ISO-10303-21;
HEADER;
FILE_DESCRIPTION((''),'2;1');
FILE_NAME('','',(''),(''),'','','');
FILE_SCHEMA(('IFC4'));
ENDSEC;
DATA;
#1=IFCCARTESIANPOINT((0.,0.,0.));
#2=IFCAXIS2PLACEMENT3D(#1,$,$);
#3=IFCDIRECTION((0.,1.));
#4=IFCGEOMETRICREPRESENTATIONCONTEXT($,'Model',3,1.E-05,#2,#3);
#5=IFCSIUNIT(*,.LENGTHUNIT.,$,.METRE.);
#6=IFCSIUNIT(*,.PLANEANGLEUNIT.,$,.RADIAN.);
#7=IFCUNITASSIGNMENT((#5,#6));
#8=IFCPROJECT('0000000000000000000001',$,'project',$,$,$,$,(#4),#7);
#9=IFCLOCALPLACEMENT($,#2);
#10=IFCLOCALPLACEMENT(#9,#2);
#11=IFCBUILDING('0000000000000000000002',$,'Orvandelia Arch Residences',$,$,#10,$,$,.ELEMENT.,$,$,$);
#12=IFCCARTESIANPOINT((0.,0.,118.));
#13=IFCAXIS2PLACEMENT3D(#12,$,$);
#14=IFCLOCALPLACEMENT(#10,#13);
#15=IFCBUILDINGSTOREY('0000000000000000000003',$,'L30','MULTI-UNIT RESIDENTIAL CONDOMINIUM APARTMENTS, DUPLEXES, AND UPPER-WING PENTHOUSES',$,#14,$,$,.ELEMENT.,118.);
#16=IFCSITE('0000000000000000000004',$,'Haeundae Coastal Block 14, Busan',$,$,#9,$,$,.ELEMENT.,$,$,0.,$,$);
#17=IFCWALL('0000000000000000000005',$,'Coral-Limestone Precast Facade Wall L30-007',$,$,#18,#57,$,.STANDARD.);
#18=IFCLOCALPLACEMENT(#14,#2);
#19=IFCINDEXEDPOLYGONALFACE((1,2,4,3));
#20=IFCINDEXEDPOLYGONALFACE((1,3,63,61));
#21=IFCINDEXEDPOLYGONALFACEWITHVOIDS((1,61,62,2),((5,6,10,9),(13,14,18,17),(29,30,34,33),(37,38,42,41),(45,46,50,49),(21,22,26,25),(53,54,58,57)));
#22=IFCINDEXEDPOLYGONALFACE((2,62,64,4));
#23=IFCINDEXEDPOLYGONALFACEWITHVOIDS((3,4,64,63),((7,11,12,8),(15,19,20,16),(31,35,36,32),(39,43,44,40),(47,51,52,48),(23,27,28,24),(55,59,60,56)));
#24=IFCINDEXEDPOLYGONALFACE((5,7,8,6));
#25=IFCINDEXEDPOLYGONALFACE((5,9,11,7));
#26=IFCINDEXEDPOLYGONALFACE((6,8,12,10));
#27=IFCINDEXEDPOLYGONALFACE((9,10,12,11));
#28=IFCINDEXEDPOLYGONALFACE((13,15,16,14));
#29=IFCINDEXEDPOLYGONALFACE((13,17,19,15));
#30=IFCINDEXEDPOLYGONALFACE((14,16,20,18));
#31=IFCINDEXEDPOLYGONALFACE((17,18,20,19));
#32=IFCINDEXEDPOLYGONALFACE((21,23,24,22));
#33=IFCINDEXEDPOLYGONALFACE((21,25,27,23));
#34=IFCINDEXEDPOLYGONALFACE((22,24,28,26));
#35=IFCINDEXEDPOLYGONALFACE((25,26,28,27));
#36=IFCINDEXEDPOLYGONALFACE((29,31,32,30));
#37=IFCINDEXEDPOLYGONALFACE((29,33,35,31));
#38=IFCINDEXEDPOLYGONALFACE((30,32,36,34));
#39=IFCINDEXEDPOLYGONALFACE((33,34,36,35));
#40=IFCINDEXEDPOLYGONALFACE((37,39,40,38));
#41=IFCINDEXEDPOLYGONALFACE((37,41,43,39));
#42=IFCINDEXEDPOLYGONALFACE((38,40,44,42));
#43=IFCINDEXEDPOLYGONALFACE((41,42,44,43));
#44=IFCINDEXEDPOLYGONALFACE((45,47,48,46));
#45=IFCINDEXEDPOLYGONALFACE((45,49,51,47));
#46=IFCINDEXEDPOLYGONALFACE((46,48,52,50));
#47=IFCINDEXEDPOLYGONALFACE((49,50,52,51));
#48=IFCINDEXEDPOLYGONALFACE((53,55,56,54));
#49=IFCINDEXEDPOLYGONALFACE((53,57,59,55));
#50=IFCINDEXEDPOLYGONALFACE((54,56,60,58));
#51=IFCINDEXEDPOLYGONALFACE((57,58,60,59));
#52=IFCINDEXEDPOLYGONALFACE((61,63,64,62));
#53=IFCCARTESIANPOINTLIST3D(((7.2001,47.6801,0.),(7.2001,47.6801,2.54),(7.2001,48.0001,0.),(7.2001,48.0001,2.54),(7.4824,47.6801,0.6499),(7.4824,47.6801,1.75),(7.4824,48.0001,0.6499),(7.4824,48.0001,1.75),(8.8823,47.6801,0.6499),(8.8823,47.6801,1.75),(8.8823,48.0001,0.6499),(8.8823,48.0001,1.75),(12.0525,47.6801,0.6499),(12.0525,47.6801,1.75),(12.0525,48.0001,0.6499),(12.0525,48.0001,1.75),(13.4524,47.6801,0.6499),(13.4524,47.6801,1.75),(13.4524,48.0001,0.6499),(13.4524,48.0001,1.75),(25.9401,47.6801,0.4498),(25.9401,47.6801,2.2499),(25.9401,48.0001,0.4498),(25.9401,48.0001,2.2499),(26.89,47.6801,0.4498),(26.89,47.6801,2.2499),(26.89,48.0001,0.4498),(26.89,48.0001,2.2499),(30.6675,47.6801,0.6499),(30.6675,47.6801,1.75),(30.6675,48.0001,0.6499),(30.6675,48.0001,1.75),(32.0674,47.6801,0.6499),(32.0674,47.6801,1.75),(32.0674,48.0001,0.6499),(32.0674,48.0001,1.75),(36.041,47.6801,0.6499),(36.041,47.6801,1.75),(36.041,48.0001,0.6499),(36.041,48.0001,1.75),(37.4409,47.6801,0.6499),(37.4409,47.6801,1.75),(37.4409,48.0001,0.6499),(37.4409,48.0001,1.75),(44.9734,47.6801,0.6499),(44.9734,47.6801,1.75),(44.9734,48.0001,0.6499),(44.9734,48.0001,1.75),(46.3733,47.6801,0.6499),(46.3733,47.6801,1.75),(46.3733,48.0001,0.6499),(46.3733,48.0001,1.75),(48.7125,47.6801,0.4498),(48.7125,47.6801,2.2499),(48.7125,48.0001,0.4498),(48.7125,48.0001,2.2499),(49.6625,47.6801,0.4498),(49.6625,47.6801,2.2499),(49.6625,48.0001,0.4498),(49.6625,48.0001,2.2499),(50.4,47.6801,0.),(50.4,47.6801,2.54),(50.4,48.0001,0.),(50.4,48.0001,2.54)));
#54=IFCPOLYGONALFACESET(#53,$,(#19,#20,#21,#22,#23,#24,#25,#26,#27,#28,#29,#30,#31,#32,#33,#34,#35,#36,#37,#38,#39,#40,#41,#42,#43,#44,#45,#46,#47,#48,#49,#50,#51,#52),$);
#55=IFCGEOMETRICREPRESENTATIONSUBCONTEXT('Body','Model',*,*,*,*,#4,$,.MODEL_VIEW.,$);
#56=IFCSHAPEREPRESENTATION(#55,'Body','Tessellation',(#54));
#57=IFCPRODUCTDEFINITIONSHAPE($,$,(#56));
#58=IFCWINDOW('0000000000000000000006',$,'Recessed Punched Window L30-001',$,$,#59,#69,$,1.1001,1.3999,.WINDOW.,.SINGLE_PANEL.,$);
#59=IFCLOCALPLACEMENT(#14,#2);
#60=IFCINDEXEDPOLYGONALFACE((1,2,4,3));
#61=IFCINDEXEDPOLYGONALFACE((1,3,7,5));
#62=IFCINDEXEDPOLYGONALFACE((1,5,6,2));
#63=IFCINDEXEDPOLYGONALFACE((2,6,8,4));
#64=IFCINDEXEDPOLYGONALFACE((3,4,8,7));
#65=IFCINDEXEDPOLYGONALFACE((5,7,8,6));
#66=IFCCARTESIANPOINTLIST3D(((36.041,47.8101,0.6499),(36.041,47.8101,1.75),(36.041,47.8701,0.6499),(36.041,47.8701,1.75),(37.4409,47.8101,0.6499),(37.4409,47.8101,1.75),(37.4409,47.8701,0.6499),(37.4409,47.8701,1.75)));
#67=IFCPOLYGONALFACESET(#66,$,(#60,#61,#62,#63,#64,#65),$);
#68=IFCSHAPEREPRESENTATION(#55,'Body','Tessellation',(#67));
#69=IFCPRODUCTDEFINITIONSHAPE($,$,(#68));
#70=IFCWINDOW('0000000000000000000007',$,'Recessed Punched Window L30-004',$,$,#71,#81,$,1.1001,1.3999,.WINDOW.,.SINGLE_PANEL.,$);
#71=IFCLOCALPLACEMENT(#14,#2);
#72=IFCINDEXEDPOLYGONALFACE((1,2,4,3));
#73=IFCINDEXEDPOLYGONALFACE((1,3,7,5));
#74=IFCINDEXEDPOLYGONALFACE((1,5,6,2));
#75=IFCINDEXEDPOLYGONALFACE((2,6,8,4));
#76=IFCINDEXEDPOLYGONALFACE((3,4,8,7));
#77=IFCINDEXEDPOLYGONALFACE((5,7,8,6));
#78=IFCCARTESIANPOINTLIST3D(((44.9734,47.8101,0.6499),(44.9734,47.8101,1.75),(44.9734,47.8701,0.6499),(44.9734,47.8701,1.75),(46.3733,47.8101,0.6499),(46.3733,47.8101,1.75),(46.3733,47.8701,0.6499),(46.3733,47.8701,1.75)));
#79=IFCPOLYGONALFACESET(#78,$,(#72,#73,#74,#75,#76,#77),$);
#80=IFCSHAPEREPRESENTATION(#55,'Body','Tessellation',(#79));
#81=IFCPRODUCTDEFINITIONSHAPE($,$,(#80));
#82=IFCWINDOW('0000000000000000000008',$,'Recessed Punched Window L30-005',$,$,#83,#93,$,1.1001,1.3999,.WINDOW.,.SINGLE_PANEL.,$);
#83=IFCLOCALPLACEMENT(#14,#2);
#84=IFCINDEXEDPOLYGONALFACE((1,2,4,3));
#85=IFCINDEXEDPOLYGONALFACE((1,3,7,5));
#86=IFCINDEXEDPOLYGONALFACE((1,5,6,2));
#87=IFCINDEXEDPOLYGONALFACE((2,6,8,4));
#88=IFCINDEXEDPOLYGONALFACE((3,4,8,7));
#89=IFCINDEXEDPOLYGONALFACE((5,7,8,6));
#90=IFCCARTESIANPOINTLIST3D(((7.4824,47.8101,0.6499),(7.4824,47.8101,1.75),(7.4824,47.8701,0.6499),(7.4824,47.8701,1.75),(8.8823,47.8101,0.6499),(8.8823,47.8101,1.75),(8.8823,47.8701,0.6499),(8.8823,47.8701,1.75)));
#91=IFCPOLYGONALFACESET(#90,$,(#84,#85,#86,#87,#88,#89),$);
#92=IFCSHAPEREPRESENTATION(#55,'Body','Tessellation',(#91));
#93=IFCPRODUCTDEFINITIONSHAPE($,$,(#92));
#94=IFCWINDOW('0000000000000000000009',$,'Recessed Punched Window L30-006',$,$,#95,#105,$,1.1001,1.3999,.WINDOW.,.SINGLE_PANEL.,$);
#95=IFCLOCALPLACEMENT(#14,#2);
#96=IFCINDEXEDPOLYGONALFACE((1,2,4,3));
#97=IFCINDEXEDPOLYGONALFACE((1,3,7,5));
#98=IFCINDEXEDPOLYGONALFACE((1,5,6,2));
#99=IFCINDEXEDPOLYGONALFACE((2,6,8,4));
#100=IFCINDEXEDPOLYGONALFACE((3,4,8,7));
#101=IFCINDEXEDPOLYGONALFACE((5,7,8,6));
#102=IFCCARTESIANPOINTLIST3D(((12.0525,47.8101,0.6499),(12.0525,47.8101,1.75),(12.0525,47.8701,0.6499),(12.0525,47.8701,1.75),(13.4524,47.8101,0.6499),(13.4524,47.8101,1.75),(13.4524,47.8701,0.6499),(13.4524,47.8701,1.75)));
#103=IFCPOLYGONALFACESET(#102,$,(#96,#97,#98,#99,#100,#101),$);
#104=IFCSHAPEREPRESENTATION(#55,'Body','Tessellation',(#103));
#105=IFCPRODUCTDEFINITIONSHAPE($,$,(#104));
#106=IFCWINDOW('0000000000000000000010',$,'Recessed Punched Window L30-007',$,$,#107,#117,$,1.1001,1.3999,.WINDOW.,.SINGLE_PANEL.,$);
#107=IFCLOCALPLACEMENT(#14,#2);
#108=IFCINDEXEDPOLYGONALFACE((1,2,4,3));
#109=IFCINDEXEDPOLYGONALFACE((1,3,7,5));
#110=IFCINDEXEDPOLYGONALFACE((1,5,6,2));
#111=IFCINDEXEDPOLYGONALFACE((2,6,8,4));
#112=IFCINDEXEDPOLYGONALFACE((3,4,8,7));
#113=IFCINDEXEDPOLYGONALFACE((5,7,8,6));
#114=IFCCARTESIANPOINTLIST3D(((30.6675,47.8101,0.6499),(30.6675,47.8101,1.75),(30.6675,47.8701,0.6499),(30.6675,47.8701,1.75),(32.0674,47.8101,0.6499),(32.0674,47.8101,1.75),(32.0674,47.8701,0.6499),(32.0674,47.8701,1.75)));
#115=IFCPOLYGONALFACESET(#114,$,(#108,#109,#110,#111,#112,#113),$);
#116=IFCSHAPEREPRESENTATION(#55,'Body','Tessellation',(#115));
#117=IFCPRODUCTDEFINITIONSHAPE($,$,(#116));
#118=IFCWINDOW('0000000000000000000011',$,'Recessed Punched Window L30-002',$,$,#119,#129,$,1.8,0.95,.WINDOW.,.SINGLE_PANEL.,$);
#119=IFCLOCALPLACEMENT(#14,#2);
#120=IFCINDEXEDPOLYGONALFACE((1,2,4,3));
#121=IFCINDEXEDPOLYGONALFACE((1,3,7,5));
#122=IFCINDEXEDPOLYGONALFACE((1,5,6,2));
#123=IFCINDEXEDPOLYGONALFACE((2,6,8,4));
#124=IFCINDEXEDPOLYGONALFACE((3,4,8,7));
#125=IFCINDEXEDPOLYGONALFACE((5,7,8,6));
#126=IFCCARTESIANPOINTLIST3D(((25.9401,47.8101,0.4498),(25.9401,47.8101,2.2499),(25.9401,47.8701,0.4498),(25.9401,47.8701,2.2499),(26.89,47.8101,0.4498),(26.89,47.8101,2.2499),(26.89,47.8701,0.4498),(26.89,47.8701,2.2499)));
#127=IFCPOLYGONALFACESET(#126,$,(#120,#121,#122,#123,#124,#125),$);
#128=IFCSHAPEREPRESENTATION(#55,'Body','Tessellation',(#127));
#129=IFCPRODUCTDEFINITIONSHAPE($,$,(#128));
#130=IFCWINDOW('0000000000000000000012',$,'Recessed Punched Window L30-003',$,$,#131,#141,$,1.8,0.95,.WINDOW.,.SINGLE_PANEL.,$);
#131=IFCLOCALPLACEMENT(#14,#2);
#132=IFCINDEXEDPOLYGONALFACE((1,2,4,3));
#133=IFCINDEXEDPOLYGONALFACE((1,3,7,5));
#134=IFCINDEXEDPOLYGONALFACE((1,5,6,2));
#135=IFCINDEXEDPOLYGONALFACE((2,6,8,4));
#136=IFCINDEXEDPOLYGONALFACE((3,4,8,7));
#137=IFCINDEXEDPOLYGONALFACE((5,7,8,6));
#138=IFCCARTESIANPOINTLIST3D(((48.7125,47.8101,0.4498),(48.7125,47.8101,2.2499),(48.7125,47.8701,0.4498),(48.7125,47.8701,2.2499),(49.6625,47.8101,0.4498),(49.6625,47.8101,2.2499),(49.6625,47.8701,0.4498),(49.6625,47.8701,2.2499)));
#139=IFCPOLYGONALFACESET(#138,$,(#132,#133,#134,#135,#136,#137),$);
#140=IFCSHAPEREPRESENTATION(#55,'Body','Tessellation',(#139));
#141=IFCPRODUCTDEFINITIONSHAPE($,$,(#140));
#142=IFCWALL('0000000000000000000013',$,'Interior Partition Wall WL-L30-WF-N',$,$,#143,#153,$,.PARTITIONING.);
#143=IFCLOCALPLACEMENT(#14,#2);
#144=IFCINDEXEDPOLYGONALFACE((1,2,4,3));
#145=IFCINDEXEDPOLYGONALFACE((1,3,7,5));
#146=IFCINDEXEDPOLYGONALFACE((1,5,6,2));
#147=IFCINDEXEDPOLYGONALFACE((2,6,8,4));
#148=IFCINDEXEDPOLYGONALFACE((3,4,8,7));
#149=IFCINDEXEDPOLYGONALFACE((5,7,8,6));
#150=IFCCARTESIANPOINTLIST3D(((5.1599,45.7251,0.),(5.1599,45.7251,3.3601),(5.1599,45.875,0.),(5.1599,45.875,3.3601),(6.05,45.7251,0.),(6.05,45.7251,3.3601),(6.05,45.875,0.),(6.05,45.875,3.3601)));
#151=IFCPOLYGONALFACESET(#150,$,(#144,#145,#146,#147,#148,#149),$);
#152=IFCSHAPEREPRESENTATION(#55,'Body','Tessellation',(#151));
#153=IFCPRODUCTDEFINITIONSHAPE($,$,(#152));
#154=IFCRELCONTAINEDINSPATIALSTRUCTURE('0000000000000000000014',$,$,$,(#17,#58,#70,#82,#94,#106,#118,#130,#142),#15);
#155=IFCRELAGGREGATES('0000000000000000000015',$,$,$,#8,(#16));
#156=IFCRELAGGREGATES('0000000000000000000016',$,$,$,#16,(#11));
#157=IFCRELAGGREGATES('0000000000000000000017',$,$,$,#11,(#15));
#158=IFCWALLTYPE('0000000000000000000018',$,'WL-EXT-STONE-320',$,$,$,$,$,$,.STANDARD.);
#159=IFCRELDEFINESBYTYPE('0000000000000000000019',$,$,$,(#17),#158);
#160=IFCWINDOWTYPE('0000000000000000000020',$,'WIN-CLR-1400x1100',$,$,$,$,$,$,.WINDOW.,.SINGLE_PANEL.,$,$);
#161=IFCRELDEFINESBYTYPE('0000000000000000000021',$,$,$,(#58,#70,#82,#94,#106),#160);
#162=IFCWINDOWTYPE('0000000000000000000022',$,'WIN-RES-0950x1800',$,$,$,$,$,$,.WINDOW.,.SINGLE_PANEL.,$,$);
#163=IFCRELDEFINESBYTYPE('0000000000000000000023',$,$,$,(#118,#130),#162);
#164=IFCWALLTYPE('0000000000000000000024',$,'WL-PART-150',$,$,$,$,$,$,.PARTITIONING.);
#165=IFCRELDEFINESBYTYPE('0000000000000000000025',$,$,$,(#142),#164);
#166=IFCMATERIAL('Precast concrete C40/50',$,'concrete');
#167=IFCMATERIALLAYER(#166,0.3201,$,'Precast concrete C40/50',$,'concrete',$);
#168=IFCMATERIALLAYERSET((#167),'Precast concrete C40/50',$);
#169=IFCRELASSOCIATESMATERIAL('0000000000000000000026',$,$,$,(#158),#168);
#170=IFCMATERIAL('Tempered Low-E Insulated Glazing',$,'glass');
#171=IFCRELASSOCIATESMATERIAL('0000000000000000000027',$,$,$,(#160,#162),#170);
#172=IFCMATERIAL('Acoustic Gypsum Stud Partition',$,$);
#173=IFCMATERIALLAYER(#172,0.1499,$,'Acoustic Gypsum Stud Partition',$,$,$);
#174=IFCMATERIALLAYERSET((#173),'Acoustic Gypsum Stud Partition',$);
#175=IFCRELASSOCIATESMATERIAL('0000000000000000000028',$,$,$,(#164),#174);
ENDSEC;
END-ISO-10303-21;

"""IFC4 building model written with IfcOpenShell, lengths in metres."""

from ifc_helpers import new_model, si_unit, direction, frame, frame_2d, origin, place, context, subcontext, project, spatial, rectangle, extrude, material, layer, layer_set, type_object, element, fill, save


model = new_model("IFC4")

# Units and contexts
model_context = context("Model", 3, precision=1e-05, world=origin(), true_north=direction((0.0, 1.0)))
body_context = subcontext(model_context, "Body", "Model", "MODEL_VIEW")
ifc_project = project(units=[si_unit("LENGTHUNIT", "METRE"), si_unit("PLANEANGLEUNIT", "RADIAN")], contexts=[model_context])

# Site, building, storey
site_placement = place(None, origin())
site = spatial("IfcSite", under=ifc_project, at=site_placement, Name="Haeundae Coastal Block 14, Busan", CompositionType="ELEMENT", RefElevation=0.0)
building_placement = place(site_placement, origin())
building = spatial("IfcBuilding", under=site, at=building_placement, Name="Orvandelia Arch Residences", CompositionType="ELEMENT")
storey_placement = place(building_placement, frame((0.0, 0.0, 118.0)))
storey = spatial("IfcBuildingStorey", under=building, at=storey_placement, Name="L30", Description="MULTI-UNIT RESIDENTIAL CONDOMINIUM APARTMENTS, DUPLEXES, AND UPPER-WING PENTHOUSES", CompositionType="ELEMENT", Elevation=118.0)

# Shared definitions
ifc_material_1 = material(Name="Precast concrete C40/50", Category="concrete")
ifc_layer_1 = layer(ifc_material_1, 0.3201, Name="Precast concrete C40/50", Category="concrete")
ifc_layer_set_1 = layer_set([ifc_layer_1], Name="Precast concrete C40/50")
wall_type_1 = type_object("IfcWallType", Name="WL-EXT-STONE-320", PredefinedType="STANDARD", material=ifc_layer_set_1)

# Wall, openings, windows
wall_1_placement = place(storey_placement, frame((7.2, 47.8401, 0.0), z_axis=(0.0, 0.0, 1.0), x_axis=(1.0, 0.0, 0.0)))
wall_1 = element("IfcWall", 1, at=wall_1_placement, inside=storey, type_object=wall_type_1, Name="Coral-Limestone Precast Facade Wall L30-007", PredefinedType="STANDARD", context=body_context, shape_type="SweptSolid", body=[
    extrude(rectangle(XDim=43.2, YDim=0.3201, at=frame_2d((21.6001, 0.0))), origin(), (0.0, 0.0, 1.0), 2.54),
])
opening_1_placement = place(wall_1_placement, frame((28.8411, 0.0, 0.6499)))
opening_1 = element("IfcOpeningElement", 2, at=opening_1_placement, cuts=wall_1, PredefinedType="OPENING", context=body_context, shape_type="SweptSolid", body=[
    extrude(rectangle(XDim=1.3999, YDim=1.1001, at=frame_2d((0.7, 0.55))), frame((0.0, 0.1699, 0.0), z_axis=(0.0, -1.0, 0.0), x_axis=(1.0, 0.0, 0.0)), (0.0, 0.0, 1.0), 0.3401),
])
opening_2_placement = place(wall_1_placement, frame((18.74, 0.0, 0.45)))
opening_2 = element("IfcOpeningElement", 3, at=opening_2_placement, cuts=wall_1, PredefinedType="OPENING", context=body_context, shape_type="SweptSolid", body=[
    extrude(rectangle(XDim=0.95, YDim=1.8, at=frame_2d((0.4751, 0.8999))), frame((0.0, 0.1699, 0.0), z_axis=(0.0, -1.0, 0.0), x_axis=(1.0, 0.0, 0.0)), (0.0, 0.0, 1.0), 0.3401),
])
opening_3_placement = place(wall_1_placement, frame((41.5125, 0.0, 0.45)))
opening_3 = element("IfcOpeningElement", 4, at=opening_3_placement, cuts=wall_1, PredefinedType="OPENING", context=body_context, shape_type="SweptSolid", body=[
    extrude(rectangle(XDim=0.95, YDim=1.8, at=frame_2d((0.4751, 0.8999))), frame((0.0, 0.1699, 0.0), z_axis=(0.0, -1.0, 0.0), x_axis=(1.0, 0.0, 0.0)), (0.0, 0.0, 1.0), 0.3401),
])
opening_4_placement = place(wall_1_placement, frame((37.7734, 0.0, 0.6499)))
opening_4 = element("IfcOpeningElement", 5, at=opening_4_placement, cuts=wall_1, PredefinedType="OPENING", context=body_context, shape_type="SweptSolid", body=[
    extrude(rectangle(XDim=1.3999, YDim=1.1001, at=frame_2d((0.7, 0.55))), frame((0.0, 0.1699, 0.0), z_axis=(0.0, -1.0, 0.0), x_axis=(1.0, 0.0, 0.0)), (0.0, 0.0, 1.0), 0.3401),
])
opening_5_placement = place(wall_1_placement, frame((0.2825, 0.0, 0.6499)))
opening_5 = element("IfcOpeningElement", 6, at=opening_5_placement, cuts=wall_1, PredefinedType="OPENING", context=body_context, shape_type="SweptSolid", body=[
    extrude(rectangle(XDim=1.3999, YDim=1.1001, at=frame_2d((0.7, 0.55))), frame((0.0, 0.1699, 0.0), z_axis=(0.0, -1.0, 0.0), x_axis=(1.0, 0.0, 0.0)), (0.0, 0.0, 1.0), 0.3401),
])
opening_6_placement = place(wall_1_placement, frame((4.8525, 0.0, 0.6499)))
opening_6 = element("IfcOpeningElement", 7, at=opening_6_placement, cuts=wall_1, PredefinedType="OPENING", context=body_context, shape_type="SweptSolid", body=[
    extrude(rectangle(XDim=1.3999, YDim=1.1001, at=frame_2d((0.7, 0.55))), frame((0.0, 0.1699, 0.0), z_axis=(0.0, -1.0, 0.0), x_axis=(1.0, 0.0, 0.0)), (0.0, 0.0, 1.0), 0.3401),
])
opening_7_placement = place(wall_1_placement, frame((23.4675, 0.0, 0.6499)))
opening_7 = element("IfcOpeningElement", 8, at=opening_7_placement, cuts=wall_1, PredefinedType="OPENING", context=body_context, shape_type="SweptSolid", body=[
    extrude(rectangle(XDim=1.3999, YDim=1.1001, at=frame_2d((0.7, 0.55))), frame((0.0, 0.1699, 0.0), z_axis=(0.0, -1.0, 0.0), x_axis=(1.0, 0.0, 0.0)), (0.0, 0.0, 1.0), 0.3401),
])
ifc_material_2 = material(Name="Tempered Low-E Insulated Glazing", Category="glass")
window_type_1 = type_object("IfcWindowType", Name="WIN-CLR-1400x1100", PartitioningType="SINGLE_PANEL", PredefinedType="WINDOW", material=ifc_material_2)
window_1_placement = place(opening_1_placement, origin())
window_1 = element("IfcWindow", 9, at=window_1_placement, inside=storey, type_object=window_type_1, Name="Recessed Punched Window L30-001", OverallHeight=1.1001, OverallWidth=1.3999, PartitioningType="SINGLE_PANEL", PredefinedType="WINDOW", context=body_context, shape_type="SweptSolid", body=[
    extrude(rectangle(XDim=1.3999, YDim=1.1001, at=frame_2d((0.7, 0.55))), frame((0.0, 0.03, 0.0), z_axis=(0.0, -1.0, 0.0), x_axis=(1.0, 0.0, 0.0)), (0.0, 0.0, 1.0), 0.0601),
])
fill(opening_1, window_1)
window_2_placement = place(opening_4_placement, origin())
window_2 = element("IfcWindow", 10, at=window_2_placement, inside=storey, type_object=window_type_1, Name="Recessed Punched Window L30-004", OverallHeight=1.1001, OverallWidth=1.3999, PartitioningType="SINGLE_PANEL", PredefinedType="WINDOW", context=body_context, shape_type="SweptSolid", body=[
    extrude(rectangle(XDim=1.3999, YDim=1.1001, at=frame_2d((0.7, 0.55))), frame((0.0, 0.03, 0.0), z_axis=(0.0, -1.0, 0.0), x_axis=(1.0, 0.0, 0.0)), (0.0, 0.0, 1.0), 0.0601),
])
fill(opening_4, window_2)
window_3_placement = place(opening_5_placement, origin())
window_3 = element("IfcWindow", 11, at=window_3_placement, inside=storey, type_object=window_type_1, Name="Recessed Punched Window L30-005", OverallHeight=1.1001, OverallWidth=1.3999, PartitioningType="SINGLE_PANEL", PredefinedType="WINDOW", context=body_context, shape_type="SweptSolid", body=[
    extrude(rectangle(XDim=1.3999, YDim=1.1001, at=frame_2d((0.7, 0.55))), frame((0.0, 0.03, 0.0), z_axis=(0.0, -1.0, 0.0), x_axis=(1.0, 0.0, 0.0)), (0.0, 0.0, 1.0), 0.0601),
])
fill(opening_5, window_3)
window_4_placement = place(opening_6_placement, origin())
window_4 = element("IfcWindow", 12, at=window_4_placement, inside=storey, type_object=window_type_1, Name="Recessed Punched Window L30-006", OverallHeight=1.1001, OverallWidth=1.3999, PartitioningType="SINGLE_PANEL", PredefinedType="WINDOW", context=body_context, shape_type="SweptSolid", body=[
    extrude(rectangle(XDim=1.3999, YDim=1.1001, at=frame_2d((0.7, 0.55))), frame((0.0, 0.03, 0.0), z_axis=(0.0, -1.0, 0.0), x_axis=(1.0, 0.0, 0.0)), (0.0, 0.0, 1.0), 0.0601),
])
fill(opening_6, window_4)
window_5_placement = place(opening_7_placement, origin())
window_5 = element("IfcWindow", 13, at=window_5_placement, inside=storey, type_object=window_type_1, Name="Recessed Punched Window L30-007", OverallHeight=1.1001, OverallWidth=1.3999, PartitioningType="SINGLE_PANEL", PredefinedType="WINDOW", context=body_context, shape_type="SweptSolid", body=[
    extrude(rectangle(XDim=1.3999, YDim=1.1001, at=frame_2d((0.7, 0.55))), frame((0.0, 0.03, 0.0), z_axis=(0.0, -1.0, 0.0), x_axis=(1.0, 0.0, 0.0)), (0.0, 0.0, 1.0), 0.0601),
])
fill(opening_7, window_5)
window_type_2 = type_object("IfcWindowType", Name="WIN-RES-0950x1800", PartitioningType="SINGLE_PANEL", PredefinedType="WINDOW", material=ifc_material_2)
window_6_placement = place(opening_2_placement, origin())
window_6 = element("IfcWindow", 14, at=window_6_placement, inside=storey, type_object=window_type_2, Name="Recessed Punched Window L30-002", OverallHeight=1.8, OverallWidth=0.95, PartitioningType="SINGLE_PANEL", PredefinedType="WINDOW", context=body_context, shape_type="SweptSolid", body=[
    extrude(rectangle(XDim=0.95, YDim=1.8, at=frame_2d((0.4751, 0.8999))), frame((0.0, 0.03, 0.0), z_axis=(0.0, -1.0, 0.0), x_axis=(1.0, 0.0, 0.0)), (0.0, 0.0, 1.0), 0.0601),
])
fill(opening_2, window_6)
window_7_placement = place(opening_3_placement, origin())
window_7 = element("IfcWindow", 15, at=window_7_placement, inside=storey, type_object=window_type_2, Name="Recessed Punched Window L30-003", OverallHeight=1.8, OverallWidth=0.95, PartitioningType="SINGLE_PANEL", PredefinedType="WINDOW", context=body_context, shape_type="SweptSolid", body=[
    extrude(rectangle(XDim=0.95, YDim=1.8, at=frame_2d((0.4751, 0.8999))), frame((0.0, 0.03, 0.0), z_axis=(0.0, -1.0, 0.0), x_axis=(1.0, 0.0, 0.0)), (0.0, 0.0, 1.0), 0.0601),
])
fill(opening_3, window_7)

# Wall
ifc_material_3 = material(Name="Acoustic Gypsum Stud Partition")
ifc_layer_2 = layer(ifc_material_3, 0.1499, Name="Acoustic Gypsum Stud Partition")
ifc_layer_set_2 = layer_set([ifc_layer_2], Name="Acoustic Gypsum Stud Partition")
wall_type_2 = type_object("IfcWallType", Name="WL-PART-150", PredefinedType="PARTITIONING", material=ifc_layer_set_2)
wall_2_placement = place(storey_placement, frame((5.1599, 45.8, 0.0), z_axis=(0.0, 0.0, 1.0), x_axis=(1.0, 0.0, 0.0)))
element("IfcWall", 16, at=wall_2_placement, inside=storey, type_object=wall_type_2, Name="Interior Partition Wall WL-L30-WF-N", PredefinedType="PARTITIONING", context=body_context, shape_type="SweptSolid", body=[
    extrude(rectangle(XDim=0.8901, YDim=0.1499, at=frame_2d((0.4451, 0.0))), origin(), (0.0, 0.0, 1.0), 3.3601),
])

save(model, "model.ifc")
